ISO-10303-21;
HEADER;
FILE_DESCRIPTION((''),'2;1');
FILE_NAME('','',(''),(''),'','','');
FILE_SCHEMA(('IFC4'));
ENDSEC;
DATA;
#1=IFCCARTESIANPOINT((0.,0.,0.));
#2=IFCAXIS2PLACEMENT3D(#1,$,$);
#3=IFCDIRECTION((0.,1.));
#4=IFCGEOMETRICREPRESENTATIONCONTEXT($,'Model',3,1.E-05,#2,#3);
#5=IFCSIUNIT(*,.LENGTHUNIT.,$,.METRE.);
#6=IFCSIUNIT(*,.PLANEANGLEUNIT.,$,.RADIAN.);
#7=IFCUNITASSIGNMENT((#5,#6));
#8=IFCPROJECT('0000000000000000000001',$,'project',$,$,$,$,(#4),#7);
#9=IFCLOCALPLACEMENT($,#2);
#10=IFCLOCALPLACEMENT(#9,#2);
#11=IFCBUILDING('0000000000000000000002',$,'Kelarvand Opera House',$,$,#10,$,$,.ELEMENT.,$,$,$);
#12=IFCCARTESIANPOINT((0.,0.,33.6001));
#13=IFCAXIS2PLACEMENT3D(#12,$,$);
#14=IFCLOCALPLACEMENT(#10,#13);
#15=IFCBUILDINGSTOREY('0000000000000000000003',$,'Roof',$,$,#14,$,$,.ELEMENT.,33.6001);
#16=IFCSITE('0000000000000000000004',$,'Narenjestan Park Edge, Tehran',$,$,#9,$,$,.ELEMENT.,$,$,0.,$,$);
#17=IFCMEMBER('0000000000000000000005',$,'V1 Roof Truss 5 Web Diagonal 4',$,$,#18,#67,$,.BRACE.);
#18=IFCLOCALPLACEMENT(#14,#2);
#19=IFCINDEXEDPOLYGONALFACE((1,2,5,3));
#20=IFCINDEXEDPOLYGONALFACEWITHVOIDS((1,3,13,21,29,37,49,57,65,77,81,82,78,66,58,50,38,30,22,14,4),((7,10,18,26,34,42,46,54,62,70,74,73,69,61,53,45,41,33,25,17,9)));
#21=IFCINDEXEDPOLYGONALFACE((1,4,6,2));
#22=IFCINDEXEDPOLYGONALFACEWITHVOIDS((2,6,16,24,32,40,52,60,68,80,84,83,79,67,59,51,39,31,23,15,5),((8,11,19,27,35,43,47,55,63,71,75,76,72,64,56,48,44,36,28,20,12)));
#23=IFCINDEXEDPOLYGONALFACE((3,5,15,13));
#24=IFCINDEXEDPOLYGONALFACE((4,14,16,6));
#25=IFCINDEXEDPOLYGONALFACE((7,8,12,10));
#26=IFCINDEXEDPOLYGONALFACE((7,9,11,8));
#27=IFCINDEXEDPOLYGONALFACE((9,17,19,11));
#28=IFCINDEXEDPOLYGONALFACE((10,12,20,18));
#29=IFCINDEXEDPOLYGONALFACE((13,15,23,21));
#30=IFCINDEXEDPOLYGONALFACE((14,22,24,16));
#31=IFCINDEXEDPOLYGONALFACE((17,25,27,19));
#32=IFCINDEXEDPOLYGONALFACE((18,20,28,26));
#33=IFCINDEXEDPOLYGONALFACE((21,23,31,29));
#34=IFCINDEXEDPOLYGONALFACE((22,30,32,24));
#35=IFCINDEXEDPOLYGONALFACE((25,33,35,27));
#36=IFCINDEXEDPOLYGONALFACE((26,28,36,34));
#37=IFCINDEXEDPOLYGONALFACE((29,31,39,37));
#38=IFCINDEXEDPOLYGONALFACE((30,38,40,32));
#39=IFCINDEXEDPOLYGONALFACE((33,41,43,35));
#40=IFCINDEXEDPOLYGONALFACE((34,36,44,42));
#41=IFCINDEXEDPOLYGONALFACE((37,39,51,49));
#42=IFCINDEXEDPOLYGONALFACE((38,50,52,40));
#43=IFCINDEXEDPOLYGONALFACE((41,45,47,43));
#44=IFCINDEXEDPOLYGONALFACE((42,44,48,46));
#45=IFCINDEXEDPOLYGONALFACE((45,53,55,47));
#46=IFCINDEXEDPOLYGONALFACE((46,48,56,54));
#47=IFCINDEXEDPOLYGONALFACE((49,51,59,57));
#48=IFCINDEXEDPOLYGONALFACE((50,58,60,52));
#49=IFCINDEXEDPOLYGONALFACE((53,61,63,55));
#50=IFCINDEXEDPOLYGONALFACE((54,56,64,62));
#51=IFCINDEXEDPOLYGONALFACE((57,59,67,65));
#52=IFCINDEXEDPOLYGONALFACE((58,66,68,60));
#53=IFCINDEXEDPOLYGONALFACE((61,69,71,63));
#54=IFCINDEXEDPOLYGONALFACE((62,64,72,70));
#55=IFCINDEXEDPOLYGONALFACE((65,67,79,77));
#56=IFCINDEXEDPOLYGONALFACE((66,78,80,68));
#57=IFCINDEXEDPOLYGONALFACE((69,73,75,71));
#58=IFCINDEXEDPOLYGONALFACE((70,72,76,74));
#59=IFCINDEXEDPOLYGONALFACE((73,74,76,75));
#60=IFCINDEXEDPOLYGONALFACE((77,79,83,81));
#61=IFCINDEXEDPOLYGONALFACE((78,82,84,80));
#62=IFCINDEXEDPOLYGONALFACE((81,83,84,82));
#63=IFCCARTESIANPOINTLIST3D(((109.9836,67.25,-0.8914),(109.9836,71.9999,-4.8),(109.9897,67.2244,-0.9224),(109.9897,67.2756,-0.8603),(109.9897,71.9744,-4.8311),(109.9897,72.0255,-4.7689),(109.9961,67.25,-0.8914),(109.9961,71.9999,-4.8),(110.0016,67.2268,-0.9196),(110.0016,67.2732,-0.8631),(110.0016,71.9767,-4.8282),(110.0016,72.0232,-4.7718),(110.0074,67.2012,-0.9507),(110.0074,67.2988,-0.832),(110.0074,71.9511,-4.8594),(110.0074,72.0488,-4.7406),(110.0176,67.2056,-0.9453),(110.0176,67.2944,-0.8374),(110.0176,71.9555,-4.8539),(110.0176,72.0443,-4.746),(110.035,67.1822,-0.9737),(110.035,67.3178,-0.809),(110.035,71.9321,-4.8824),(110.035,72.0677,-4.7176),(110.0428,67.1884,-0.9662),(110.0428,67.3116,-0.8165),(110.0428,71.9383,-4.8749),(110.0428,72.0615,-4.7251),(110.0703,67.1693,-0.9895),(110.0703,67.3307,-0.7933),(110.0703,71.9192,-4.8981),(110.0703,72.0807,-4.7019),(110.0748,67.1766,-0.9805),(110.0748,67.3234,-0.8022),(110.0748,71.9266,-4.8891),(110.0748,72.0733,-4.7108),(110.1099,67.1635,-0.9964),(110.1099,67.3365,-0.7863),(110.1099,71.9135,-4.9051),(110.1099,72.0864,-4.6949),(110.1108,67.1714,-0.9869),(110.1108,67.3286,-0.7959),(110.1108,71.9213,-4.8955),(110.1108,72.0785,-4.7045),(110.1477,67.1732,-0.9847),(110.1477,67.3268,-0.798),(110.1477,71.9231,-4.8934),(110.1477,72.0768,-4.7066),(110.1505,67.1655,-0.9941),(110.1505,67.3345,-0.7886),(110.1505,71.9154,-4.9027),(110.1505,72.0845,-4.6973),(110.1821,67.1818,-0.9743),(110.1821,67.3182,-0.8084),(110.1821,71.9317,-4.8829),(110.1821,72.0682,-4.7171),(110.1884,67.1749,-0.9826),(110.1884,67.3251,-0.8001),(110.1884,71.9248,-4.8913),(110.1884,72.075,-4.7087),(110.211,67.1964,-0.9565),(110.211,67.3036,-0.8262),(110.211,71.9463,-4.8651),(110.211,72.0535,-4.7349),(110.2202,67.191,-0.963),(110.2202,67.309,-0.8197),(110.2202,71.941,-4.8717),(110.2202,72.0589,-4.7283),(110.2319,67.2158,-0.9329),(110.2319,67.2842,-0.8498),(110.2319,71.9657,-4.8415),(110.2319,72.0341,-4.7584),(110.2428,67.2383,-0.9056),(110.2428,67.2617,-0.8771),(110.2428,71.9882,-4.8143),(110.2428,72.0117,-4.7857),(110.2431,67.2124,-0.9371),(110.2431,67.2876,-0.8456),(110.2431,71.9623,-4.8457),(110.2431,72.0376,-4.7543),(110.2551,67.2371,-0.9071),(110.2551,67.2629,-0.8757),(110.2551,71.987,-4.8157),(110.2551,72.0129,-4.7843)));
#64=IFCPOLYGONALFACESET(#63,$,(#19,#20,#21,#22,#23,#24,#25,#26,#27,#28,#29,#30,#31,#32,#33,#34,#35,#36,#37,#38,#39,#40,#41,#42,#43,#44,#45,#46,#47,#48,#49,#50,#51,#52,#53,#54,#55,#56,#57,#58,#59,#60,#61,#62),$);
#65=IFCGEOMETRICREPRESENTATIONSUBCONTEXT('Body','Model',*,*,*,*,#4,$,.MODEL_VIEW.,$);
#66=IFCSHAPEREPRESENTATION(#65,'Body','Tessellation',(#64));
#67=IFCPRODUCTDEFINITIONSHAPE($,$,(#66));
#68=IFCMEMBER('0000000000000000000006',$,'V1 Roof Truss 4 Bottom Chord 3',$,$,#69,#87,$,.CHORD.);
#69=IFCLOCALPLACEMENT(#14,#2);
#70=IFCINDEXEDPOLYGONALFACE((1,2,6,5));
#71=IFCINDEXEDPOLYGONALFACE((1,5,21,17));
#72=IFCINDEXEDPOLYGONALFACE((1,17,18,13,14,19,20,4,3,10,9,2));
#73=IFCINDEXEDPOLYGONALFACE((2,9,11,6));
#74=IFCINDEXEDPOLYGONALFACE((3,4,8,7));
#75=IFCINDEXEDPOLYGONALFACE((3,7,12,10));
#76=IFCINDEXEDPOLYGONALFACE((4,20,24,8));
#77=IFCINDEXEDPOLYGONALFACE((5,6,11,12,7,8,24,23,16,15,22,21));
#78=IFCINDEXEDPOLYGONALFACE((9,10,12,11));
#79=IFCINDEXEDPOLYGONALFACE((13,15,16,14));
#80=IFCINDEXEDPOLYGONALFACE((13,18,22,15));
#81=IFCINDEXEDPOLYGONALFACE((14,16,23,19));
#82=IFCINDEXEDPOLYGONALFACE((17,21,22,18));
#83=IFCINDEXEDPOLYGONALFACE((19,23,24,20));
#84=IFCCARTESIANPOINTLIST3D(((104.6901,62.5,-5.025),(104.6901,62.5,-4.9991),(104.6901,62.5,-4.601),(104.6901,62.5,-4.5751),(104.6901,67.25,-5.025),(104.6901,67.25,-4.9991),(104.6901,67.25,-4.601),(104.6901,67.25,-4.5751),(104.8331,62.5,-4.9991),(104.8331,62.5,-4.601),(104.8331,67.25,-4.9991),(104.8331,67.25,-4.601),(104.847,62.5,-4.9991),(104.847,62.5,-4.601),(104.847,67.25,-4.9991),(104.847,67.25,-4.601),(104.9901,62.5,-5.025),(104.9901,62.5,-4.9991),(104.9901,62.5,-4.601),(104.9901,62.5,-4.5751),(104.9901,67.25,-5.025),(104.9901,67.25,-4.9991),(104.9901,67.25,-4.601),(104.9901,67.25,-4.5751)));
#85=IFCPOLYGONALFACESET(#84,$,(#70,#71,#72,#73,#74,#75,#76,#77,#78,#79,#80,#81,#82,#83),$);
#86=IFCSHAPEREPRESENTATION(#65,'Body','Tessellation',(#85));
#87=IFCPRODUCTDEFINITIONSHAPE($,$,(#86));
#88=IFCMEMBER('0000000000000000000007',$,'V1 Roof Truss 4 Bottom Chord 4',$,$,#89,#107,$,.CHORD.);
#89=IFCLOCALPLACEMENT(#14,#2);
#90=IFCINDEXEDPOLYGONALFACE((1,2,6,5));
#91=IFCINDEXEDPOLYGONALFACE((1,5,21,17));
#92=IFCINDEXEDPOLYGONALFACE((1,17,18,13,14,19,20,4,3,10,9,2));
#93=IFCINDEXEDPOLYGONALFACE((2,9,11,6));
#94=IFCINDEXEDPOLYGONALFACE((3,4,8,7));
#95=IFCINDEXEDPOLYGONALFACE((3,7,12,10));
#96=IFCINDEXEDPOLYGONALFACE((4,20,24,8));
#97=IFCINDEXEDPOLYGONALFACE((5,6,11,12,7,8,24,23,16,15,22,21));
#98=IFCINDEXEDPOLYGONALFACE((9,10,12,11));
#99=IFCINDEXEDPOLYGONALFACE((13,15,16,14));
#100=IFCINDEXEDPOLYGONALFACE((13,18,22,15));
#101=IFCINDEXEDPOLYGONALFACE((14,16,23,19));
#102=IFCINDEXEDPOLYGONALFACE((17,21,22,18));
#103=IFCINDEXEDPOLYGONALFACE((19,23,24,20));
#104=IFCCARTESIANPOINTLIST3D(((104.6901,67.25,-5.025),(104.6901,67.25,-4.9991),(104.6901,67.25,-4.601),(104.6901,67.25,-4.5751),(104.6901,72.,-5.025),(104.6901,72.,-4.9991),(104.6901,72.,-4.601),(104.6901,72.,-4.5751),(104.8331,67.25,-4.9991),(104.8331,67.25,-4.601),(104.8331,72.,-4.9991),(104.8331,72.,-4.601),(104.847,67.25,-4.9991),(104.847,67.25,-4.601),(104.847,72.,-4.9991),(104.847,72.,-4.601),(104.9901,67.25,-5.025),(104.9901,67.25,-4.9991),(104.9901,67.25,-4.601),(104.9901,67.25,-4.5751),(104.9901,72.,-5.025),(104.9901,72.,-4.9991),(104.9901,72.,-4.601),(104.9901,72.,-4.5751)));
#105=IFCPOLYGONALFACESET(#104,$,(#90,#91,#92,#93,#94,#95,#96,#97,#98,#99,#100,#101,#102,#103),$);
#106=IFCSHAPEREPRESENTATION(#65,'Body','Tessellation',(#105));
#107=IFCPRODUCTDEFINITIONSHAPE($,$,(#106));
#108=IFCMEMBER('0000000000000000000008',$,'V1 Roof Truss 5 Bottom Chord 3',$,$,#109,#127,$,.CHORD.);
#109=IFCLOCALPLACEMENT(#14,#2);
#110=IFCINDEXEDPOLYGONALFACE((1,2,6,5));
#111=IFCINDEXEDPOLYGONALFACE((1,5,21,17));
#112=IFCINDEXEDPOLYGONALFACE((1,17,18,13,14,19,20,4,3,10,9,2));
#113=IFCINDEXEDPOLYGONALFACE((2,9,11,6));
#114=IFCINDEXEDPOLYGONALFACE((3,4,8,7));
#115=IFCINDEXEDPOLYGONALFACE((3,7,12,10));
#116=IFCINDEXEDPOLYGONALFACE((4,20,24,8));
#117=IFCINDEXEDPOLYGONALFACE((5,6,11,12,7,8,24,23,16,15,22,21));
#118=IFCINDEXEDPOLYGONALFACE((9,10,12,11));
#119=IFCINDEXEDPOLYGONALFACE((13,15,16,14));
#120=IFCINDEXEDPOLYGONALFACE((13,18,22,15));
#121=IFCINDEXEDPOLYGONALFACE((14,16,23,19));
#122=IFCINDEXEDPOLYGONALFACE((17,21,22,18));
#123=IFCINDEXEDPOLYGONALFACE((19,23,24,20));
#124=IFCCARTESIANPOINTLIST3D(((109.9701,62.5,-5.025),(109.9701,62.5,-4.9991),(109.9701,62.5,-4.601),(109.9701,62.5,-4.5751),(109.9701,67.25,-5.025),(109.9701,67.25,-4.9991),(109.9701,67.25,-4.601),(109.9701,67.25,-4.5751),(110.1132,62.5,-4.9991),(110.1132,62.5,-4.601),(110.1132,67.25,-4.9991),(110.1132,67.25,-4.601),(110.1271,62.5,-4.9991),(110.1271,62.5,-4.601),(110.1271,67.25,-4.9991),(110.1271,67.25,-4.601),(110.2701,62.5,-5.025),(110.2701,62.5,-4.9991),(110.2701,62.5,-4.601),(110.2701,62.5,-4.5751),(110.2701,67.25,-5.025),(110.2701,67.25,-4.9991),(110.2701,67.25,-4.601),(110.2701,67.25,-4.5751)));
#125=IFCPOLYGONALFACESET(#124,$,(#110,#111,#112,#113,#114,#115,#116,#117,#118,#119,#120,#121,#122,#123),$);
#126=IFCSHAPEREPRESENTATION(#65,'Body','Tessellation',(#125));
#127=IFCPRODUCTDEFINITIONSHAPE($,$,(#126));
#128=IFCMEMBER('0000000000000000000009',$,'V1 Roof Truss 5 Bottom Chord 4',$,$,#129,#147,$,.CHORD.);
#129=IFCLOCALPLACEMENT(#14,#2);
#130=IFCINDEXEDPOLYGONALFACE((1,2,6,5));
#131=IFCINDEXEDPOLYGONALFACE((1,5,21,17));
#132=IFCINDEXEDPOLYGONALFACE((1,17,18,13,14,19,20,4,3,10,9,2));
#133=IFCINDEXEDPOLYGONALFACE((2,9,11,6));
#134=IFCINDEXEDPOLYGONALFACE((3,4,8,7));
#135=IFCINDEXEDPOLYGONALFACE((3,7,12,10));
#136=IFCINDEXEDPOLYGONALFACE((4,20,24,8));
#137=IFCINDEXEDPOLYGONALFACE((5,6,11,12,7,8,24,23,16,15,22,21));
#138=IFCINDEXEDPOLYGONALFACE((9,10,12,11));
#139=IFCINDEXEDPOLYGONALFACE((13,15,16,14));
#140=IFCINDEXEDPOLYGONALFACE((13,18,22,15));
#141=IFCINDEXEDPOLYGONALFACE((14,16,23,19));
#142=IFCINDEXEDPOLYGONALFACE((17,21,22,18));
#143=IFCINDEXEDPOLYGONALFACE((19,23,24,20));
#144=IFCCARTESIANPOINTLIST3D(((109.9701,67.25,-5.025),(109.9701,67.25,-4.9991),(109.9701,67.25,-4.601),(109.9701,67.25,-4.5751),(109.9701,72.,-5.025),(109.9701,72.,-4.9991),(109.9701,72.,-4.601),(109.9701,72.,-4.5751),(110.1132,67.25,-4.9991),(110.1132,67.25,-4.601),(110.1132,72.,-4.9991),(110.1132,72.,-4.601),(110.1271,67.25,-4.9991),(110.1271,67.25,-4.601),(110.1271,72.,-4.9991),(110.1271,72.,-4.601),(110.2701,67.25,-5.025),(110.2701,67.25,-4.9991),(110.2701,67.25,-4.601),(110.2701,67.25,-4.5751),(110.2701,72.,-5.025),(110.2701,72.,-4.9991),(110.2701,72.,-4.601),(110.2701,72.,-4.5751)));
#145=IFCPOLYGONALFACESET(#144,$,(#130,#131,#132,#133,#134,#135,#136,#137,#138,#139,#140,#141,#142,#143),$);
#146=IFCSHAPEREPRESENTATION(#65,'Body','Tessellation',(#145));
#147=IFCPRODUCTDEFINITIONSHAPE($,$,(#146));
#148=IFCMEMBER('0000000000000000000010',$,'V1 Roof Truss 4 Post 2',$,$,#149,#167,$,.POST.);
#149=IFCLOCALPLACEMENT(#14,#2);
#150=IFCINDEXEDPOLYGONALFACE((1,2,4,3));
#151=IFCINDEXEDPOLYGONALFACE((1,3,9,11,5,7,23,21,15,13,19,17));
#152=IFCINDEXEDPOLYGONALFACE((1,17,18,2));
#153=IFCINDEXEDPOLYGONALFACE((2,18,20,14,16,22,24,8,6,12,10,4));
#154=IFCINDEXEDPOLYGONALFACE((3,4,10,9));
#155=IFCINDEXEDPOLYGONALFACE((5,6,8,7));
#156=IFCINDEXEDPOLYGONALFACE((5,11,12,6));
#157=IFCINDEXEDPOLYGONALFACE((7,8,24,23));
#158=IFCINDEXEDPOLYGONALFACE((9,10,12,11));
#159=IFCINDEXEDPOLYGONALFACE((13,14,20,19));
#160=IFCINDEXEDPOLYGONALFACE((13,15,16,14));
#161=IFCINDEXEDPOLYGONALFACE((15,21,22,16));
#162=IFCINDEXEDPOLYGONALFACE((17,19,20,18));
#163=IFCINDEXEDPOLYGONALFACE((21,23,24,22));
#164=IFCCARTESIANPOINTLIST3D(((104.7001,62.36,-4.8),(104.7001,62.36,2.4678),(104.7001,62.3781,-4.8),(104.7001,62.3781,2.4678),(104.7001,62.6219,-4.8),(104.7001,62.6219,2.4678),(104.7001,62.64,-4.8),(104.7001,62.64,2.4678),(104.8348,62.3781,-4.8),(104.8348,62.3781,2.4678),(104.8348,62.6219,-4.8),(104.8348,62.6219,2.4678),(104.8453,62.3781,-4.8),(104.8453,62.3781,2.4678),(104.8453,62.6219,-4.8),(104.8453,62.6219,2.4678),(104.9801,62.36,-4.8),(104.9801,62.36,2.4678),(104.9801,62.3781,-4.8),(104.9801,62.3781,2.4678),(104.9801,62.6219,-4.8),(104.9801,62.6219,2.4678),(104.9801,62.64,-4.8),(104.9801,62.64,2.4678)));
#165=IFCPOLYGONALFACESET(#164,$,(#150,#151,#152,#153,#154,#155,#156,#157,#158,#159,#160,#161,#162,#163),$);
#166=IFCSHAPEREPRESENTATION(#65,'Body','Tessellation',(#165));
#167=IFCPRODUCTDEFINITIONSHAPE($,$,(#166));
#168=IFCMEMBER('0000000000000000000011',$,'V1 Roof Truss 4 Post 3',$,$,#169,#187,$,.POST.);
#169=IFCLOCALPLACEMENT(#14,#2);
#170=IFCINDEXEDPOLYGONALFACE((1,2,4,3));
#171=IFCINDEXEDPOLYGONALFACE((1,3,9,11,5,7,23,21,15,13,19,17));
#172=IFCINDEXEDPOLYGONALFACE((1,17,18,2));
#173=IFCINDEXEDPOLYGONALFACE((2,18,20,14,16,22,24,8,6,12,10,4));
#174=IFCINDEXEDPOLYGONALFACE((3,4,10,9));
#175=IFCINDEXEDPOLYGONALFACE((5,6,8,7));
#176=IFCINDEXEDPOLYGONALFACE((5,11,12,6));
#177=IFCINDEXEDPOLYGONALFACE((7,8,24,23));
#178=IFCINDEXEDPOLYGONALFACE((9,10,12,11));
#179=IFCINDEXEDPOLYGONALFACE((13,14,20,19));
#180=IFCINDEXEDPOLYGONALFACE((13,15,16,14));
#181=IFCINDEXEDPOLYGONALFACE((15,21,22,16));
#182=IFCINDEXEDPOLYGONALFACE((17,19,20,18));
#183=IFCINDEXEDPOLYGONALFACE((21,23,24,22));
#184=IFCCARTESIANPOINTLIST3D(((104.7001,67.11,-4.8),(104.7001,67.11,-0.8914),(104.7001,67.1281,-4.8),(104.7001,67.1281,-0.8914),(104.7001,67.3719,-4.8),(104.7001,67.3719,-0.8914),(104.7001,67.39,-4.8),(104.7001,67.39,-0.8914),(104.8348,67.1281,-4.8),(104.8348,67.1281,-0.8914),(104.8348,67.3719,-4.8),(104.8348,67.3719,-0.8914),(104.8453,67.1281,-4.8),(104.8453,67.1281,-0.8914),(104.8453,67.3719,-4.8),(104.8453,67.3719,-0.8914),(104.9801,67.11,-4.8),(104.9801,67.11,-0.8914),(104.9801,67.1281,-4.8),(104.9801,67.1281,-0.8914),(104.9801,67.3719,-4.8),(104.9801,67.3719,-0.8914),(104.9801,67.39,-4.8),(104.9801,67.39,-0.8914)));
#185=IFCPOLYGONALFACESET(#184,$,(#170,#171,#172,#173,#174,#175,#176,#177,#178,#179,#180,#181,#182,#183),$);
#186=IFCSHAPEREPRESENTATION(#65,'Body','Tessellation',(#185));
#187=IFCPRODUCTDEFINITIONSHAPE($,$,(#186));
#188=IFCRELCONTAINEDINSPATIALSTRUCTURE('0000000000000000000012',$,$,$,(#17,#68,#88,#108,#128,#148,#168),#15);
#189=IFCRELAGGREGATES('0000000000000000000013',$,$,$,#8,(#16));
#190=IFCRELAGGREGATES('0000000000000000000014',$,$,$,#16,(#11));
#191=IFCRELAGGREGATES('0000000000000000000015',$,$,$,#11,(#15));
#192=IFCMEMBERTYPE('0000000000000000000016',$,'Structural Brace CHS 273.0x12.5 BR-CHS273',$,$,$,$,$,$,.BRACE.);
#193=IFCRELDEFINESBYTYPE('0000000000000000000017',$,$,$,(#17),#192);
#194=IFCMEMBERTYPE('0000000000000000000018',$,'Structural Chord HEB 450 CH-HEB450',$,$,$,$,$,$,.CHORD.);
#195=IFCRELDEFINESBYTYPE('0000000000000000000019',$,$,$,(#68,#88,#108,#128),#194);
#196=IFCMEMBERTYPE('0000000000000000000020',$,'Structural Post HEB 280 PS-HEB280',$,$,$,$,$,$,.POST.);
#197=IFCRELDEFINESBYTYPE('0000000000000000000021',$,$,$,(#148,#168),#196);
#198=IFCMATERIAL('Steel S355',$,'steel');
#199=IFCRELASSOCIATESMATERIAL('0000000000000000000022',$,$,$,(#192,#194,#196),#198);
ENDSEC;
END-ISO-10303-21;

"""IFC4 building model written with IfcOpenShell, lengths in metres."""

from ifc_helpers import new_model, si_unit, direction, frame, origin, origin_2d, place, context, subcontext, project, spatial, hollow_circle, i_section, extrude, material, material_profile, profile_set, type_object, element, save


model = new_model("IFC4")

# Units and contexts
model_context = context("Model", 3, precision=1e-05, world=origin(), true_north=direction((0.0, 1.0)))
body_context = subcontext(model_context, "Body", "Model", "MODEL_VIEW")
ifc_project = project(units=[si_unit("LENGTHUNIT", "METRE"), si_unit("PLANEANGLEUNIT", "RADIAN")], contexts=[model_context])

# Site, building, storey
site_placement = place(None, origin())
site = spatial("IfcSite", under=ifc_project, at=site_placement, Name="Narenjestan Park Edge, Tehran", CompositionType="ELEMENT", RefElevation=0.0)
building_placement = place(site_placement, origin())
building = spatial("IfcBuilding", under=site, at=building_placement, Name="Kelarvand Opera House", CompositionType="ELEMENT")
storey_placement = place(building_placement, frame((0.0, 0.0, 33.6001)))
storey = spatial("IfcBuildingStorey", under=building, at=storey_placement, Name="Roof", CompositionType="ELEMENT", Elevation=33.6001)

# Members
ifc_material = material(Name="Steel S355", Category="steel")
ifc_material_profile_1 = material_profile(ifc_material, hollow_circle(Radius=0.1365, WallThickness=0.0125, at=origin_2d()), Name="CHS 273.0x12.5", Category="steel")
ifc_profile_set_1 = profile_set([ifc_material_profile_1], Name="Steel S355")
member_type_1 = type_object("IfcMemberType", Name="Structural Brace CHS 273.0x12.5 BR-CHS273", PredefinedType="BRACE", material=ifc_profile_set_1)
for number, where, z_axis, x_axis, name in (
    (1, (110.1201, 67.25, -0.8914), (0.0, 0.772175, -0.63541), (-1.0, 0.0, 0.0), "V1 Roof Truss 5 Web Diagonal 4"),
):
    element("IfcMember", number, at=place(storey_placement, frame(where, z_axis=z_axis, x_axis=x_axis)), inside=storey, type_object=member_type_1, Name=name, PredefinedType="BRACE", context=body_context, shape_type="SweptSolid", body=[
        extrude(hollow_circle(Radius=0.1365, WallThickness=0.0125, at=origin_2d()), origin(), (0.0, 0.0, 1.0), 6.1514),
    ])
ifc_material_profile_2 = material_profile(ifc_material, i_section(OverallWidth=0.3, OverallDepth=0.45, WebThickness=0.0139, FlangeThickness=0.0259, at=origin_2d()), Name="HEB 450", Category="steel")
ifc_profile_set_2 = profile_set([ifc_material_profile_2], Name="Steel S355")
member_type_2 = type_object("IfcMemberType", Name="Structural Chord HEB 450 CH-HEB450", PredefinedType="CHORD", material=ifc_profile_set_2)
for number, where, z_axis, x_axis, name in (
    (2, (104.8401, 62.5, -4.8), (0.0, 1.0, 0.0), (-1.0, 0.0, 0.0), "V1 Roof Truss 4 Bottom Chord 3"),
    (3, (104.8401, 67.25, -4.8), (0.0, 1.0, 0.0), (-1.0, 0.0, 0.0), "V1 Roof Truss 4 Bottom Chord 4"),
    (4, (110.1201, 62.5, -4.8), (0.0, 1.0, 0.0), (-1.0, 0.0, 0.0), "V1 Roof Truss 5 Bottom Chord 3"),
    (5, (110.1201, 67.25, -4.8), (0.0, 1.0, 0.0), (-1.0, 0.0, 0.0), "V1 Roof Truss 5 Bottom Chord 4"),
):
    element("IfcMember", number, at=place(storey_placement, frame(where, z_axis=z_axis, x_axis=x_axis)), inside=storey, type_object=member_type_2, Name=name, PredefinedType="CHORD", context=body_context, shape_type="SweptSolid", body=[
        extrude(i_section(OverallWidth=0.3, OverallDepth=0.45, WebThickness=0.0139, FlangeThickness=0.0259, at=origin_2d()), origin(), (0.0, 0.0, 1.0), 4.75),
    ])
ifc_material_profile_3 = material_profile(ifc_material, i_section(OverallWidth=0.28, OverallDepth=0.28, WebThickness=0.0105, FlangeThickness=0.0181, at=origin_2d()), Name="HEB 280", Category="steel")
ifc_profile_set_3 = profile_set([ifc_material_profile_3], Name="Steel S355")
member_type_3 = type_object("IfcMemberType", Name="Structural Post HEB 280 PS-HEB280", PredefinedType="POST", material=ifc_profile_set_3)
member_1_placement = place(storey_placement, frame((104.8401, 62.5, -4.8), z_axis=(0.0, 0.0, 1.0), x_axis=(1.0, 0.0, 0.0)))
element("IfcMember", 6, at=member_1_placement, inside=storey, type_object=member_type_3, Name="V1 Roof Truss 4 Post 2", PredefinedType="POST", context=body_context, shape_type="SweptSolid", body=[
    extrude(i_section(OverallWidth=0.28, OverallDepth=0.28, WebThickness=0.0105, FlangeThickness=0.0181, at=origin_2d()), origin(), (0.0, 0.0, 1.0), 7.2678),
])
member_2_placement = place(storey_placement, frame((104.8401, 67.25, -4.8), z_axis=(0.0, 0.0, 1.0), x_axis=(1.0, 0.0, 0.0)))
element("IfcMember", 7, at=member_2_placement, inside=storey, type_object=member_type_3, Name="V1 Roof Truss 4 Post 3", PredefinedType="POST", context=body_context, shape_type="SweptSolid", body=[
    extrude(i_section(OverallWidth=0.28, OverallDepth=0.28, WebThickness=0.0105, FlangeThickness=0.0181, at=origin_2d()), origin(), (0.0, 0.0, 1.0), 3.9087),
])

save(model, "model.ifc")
